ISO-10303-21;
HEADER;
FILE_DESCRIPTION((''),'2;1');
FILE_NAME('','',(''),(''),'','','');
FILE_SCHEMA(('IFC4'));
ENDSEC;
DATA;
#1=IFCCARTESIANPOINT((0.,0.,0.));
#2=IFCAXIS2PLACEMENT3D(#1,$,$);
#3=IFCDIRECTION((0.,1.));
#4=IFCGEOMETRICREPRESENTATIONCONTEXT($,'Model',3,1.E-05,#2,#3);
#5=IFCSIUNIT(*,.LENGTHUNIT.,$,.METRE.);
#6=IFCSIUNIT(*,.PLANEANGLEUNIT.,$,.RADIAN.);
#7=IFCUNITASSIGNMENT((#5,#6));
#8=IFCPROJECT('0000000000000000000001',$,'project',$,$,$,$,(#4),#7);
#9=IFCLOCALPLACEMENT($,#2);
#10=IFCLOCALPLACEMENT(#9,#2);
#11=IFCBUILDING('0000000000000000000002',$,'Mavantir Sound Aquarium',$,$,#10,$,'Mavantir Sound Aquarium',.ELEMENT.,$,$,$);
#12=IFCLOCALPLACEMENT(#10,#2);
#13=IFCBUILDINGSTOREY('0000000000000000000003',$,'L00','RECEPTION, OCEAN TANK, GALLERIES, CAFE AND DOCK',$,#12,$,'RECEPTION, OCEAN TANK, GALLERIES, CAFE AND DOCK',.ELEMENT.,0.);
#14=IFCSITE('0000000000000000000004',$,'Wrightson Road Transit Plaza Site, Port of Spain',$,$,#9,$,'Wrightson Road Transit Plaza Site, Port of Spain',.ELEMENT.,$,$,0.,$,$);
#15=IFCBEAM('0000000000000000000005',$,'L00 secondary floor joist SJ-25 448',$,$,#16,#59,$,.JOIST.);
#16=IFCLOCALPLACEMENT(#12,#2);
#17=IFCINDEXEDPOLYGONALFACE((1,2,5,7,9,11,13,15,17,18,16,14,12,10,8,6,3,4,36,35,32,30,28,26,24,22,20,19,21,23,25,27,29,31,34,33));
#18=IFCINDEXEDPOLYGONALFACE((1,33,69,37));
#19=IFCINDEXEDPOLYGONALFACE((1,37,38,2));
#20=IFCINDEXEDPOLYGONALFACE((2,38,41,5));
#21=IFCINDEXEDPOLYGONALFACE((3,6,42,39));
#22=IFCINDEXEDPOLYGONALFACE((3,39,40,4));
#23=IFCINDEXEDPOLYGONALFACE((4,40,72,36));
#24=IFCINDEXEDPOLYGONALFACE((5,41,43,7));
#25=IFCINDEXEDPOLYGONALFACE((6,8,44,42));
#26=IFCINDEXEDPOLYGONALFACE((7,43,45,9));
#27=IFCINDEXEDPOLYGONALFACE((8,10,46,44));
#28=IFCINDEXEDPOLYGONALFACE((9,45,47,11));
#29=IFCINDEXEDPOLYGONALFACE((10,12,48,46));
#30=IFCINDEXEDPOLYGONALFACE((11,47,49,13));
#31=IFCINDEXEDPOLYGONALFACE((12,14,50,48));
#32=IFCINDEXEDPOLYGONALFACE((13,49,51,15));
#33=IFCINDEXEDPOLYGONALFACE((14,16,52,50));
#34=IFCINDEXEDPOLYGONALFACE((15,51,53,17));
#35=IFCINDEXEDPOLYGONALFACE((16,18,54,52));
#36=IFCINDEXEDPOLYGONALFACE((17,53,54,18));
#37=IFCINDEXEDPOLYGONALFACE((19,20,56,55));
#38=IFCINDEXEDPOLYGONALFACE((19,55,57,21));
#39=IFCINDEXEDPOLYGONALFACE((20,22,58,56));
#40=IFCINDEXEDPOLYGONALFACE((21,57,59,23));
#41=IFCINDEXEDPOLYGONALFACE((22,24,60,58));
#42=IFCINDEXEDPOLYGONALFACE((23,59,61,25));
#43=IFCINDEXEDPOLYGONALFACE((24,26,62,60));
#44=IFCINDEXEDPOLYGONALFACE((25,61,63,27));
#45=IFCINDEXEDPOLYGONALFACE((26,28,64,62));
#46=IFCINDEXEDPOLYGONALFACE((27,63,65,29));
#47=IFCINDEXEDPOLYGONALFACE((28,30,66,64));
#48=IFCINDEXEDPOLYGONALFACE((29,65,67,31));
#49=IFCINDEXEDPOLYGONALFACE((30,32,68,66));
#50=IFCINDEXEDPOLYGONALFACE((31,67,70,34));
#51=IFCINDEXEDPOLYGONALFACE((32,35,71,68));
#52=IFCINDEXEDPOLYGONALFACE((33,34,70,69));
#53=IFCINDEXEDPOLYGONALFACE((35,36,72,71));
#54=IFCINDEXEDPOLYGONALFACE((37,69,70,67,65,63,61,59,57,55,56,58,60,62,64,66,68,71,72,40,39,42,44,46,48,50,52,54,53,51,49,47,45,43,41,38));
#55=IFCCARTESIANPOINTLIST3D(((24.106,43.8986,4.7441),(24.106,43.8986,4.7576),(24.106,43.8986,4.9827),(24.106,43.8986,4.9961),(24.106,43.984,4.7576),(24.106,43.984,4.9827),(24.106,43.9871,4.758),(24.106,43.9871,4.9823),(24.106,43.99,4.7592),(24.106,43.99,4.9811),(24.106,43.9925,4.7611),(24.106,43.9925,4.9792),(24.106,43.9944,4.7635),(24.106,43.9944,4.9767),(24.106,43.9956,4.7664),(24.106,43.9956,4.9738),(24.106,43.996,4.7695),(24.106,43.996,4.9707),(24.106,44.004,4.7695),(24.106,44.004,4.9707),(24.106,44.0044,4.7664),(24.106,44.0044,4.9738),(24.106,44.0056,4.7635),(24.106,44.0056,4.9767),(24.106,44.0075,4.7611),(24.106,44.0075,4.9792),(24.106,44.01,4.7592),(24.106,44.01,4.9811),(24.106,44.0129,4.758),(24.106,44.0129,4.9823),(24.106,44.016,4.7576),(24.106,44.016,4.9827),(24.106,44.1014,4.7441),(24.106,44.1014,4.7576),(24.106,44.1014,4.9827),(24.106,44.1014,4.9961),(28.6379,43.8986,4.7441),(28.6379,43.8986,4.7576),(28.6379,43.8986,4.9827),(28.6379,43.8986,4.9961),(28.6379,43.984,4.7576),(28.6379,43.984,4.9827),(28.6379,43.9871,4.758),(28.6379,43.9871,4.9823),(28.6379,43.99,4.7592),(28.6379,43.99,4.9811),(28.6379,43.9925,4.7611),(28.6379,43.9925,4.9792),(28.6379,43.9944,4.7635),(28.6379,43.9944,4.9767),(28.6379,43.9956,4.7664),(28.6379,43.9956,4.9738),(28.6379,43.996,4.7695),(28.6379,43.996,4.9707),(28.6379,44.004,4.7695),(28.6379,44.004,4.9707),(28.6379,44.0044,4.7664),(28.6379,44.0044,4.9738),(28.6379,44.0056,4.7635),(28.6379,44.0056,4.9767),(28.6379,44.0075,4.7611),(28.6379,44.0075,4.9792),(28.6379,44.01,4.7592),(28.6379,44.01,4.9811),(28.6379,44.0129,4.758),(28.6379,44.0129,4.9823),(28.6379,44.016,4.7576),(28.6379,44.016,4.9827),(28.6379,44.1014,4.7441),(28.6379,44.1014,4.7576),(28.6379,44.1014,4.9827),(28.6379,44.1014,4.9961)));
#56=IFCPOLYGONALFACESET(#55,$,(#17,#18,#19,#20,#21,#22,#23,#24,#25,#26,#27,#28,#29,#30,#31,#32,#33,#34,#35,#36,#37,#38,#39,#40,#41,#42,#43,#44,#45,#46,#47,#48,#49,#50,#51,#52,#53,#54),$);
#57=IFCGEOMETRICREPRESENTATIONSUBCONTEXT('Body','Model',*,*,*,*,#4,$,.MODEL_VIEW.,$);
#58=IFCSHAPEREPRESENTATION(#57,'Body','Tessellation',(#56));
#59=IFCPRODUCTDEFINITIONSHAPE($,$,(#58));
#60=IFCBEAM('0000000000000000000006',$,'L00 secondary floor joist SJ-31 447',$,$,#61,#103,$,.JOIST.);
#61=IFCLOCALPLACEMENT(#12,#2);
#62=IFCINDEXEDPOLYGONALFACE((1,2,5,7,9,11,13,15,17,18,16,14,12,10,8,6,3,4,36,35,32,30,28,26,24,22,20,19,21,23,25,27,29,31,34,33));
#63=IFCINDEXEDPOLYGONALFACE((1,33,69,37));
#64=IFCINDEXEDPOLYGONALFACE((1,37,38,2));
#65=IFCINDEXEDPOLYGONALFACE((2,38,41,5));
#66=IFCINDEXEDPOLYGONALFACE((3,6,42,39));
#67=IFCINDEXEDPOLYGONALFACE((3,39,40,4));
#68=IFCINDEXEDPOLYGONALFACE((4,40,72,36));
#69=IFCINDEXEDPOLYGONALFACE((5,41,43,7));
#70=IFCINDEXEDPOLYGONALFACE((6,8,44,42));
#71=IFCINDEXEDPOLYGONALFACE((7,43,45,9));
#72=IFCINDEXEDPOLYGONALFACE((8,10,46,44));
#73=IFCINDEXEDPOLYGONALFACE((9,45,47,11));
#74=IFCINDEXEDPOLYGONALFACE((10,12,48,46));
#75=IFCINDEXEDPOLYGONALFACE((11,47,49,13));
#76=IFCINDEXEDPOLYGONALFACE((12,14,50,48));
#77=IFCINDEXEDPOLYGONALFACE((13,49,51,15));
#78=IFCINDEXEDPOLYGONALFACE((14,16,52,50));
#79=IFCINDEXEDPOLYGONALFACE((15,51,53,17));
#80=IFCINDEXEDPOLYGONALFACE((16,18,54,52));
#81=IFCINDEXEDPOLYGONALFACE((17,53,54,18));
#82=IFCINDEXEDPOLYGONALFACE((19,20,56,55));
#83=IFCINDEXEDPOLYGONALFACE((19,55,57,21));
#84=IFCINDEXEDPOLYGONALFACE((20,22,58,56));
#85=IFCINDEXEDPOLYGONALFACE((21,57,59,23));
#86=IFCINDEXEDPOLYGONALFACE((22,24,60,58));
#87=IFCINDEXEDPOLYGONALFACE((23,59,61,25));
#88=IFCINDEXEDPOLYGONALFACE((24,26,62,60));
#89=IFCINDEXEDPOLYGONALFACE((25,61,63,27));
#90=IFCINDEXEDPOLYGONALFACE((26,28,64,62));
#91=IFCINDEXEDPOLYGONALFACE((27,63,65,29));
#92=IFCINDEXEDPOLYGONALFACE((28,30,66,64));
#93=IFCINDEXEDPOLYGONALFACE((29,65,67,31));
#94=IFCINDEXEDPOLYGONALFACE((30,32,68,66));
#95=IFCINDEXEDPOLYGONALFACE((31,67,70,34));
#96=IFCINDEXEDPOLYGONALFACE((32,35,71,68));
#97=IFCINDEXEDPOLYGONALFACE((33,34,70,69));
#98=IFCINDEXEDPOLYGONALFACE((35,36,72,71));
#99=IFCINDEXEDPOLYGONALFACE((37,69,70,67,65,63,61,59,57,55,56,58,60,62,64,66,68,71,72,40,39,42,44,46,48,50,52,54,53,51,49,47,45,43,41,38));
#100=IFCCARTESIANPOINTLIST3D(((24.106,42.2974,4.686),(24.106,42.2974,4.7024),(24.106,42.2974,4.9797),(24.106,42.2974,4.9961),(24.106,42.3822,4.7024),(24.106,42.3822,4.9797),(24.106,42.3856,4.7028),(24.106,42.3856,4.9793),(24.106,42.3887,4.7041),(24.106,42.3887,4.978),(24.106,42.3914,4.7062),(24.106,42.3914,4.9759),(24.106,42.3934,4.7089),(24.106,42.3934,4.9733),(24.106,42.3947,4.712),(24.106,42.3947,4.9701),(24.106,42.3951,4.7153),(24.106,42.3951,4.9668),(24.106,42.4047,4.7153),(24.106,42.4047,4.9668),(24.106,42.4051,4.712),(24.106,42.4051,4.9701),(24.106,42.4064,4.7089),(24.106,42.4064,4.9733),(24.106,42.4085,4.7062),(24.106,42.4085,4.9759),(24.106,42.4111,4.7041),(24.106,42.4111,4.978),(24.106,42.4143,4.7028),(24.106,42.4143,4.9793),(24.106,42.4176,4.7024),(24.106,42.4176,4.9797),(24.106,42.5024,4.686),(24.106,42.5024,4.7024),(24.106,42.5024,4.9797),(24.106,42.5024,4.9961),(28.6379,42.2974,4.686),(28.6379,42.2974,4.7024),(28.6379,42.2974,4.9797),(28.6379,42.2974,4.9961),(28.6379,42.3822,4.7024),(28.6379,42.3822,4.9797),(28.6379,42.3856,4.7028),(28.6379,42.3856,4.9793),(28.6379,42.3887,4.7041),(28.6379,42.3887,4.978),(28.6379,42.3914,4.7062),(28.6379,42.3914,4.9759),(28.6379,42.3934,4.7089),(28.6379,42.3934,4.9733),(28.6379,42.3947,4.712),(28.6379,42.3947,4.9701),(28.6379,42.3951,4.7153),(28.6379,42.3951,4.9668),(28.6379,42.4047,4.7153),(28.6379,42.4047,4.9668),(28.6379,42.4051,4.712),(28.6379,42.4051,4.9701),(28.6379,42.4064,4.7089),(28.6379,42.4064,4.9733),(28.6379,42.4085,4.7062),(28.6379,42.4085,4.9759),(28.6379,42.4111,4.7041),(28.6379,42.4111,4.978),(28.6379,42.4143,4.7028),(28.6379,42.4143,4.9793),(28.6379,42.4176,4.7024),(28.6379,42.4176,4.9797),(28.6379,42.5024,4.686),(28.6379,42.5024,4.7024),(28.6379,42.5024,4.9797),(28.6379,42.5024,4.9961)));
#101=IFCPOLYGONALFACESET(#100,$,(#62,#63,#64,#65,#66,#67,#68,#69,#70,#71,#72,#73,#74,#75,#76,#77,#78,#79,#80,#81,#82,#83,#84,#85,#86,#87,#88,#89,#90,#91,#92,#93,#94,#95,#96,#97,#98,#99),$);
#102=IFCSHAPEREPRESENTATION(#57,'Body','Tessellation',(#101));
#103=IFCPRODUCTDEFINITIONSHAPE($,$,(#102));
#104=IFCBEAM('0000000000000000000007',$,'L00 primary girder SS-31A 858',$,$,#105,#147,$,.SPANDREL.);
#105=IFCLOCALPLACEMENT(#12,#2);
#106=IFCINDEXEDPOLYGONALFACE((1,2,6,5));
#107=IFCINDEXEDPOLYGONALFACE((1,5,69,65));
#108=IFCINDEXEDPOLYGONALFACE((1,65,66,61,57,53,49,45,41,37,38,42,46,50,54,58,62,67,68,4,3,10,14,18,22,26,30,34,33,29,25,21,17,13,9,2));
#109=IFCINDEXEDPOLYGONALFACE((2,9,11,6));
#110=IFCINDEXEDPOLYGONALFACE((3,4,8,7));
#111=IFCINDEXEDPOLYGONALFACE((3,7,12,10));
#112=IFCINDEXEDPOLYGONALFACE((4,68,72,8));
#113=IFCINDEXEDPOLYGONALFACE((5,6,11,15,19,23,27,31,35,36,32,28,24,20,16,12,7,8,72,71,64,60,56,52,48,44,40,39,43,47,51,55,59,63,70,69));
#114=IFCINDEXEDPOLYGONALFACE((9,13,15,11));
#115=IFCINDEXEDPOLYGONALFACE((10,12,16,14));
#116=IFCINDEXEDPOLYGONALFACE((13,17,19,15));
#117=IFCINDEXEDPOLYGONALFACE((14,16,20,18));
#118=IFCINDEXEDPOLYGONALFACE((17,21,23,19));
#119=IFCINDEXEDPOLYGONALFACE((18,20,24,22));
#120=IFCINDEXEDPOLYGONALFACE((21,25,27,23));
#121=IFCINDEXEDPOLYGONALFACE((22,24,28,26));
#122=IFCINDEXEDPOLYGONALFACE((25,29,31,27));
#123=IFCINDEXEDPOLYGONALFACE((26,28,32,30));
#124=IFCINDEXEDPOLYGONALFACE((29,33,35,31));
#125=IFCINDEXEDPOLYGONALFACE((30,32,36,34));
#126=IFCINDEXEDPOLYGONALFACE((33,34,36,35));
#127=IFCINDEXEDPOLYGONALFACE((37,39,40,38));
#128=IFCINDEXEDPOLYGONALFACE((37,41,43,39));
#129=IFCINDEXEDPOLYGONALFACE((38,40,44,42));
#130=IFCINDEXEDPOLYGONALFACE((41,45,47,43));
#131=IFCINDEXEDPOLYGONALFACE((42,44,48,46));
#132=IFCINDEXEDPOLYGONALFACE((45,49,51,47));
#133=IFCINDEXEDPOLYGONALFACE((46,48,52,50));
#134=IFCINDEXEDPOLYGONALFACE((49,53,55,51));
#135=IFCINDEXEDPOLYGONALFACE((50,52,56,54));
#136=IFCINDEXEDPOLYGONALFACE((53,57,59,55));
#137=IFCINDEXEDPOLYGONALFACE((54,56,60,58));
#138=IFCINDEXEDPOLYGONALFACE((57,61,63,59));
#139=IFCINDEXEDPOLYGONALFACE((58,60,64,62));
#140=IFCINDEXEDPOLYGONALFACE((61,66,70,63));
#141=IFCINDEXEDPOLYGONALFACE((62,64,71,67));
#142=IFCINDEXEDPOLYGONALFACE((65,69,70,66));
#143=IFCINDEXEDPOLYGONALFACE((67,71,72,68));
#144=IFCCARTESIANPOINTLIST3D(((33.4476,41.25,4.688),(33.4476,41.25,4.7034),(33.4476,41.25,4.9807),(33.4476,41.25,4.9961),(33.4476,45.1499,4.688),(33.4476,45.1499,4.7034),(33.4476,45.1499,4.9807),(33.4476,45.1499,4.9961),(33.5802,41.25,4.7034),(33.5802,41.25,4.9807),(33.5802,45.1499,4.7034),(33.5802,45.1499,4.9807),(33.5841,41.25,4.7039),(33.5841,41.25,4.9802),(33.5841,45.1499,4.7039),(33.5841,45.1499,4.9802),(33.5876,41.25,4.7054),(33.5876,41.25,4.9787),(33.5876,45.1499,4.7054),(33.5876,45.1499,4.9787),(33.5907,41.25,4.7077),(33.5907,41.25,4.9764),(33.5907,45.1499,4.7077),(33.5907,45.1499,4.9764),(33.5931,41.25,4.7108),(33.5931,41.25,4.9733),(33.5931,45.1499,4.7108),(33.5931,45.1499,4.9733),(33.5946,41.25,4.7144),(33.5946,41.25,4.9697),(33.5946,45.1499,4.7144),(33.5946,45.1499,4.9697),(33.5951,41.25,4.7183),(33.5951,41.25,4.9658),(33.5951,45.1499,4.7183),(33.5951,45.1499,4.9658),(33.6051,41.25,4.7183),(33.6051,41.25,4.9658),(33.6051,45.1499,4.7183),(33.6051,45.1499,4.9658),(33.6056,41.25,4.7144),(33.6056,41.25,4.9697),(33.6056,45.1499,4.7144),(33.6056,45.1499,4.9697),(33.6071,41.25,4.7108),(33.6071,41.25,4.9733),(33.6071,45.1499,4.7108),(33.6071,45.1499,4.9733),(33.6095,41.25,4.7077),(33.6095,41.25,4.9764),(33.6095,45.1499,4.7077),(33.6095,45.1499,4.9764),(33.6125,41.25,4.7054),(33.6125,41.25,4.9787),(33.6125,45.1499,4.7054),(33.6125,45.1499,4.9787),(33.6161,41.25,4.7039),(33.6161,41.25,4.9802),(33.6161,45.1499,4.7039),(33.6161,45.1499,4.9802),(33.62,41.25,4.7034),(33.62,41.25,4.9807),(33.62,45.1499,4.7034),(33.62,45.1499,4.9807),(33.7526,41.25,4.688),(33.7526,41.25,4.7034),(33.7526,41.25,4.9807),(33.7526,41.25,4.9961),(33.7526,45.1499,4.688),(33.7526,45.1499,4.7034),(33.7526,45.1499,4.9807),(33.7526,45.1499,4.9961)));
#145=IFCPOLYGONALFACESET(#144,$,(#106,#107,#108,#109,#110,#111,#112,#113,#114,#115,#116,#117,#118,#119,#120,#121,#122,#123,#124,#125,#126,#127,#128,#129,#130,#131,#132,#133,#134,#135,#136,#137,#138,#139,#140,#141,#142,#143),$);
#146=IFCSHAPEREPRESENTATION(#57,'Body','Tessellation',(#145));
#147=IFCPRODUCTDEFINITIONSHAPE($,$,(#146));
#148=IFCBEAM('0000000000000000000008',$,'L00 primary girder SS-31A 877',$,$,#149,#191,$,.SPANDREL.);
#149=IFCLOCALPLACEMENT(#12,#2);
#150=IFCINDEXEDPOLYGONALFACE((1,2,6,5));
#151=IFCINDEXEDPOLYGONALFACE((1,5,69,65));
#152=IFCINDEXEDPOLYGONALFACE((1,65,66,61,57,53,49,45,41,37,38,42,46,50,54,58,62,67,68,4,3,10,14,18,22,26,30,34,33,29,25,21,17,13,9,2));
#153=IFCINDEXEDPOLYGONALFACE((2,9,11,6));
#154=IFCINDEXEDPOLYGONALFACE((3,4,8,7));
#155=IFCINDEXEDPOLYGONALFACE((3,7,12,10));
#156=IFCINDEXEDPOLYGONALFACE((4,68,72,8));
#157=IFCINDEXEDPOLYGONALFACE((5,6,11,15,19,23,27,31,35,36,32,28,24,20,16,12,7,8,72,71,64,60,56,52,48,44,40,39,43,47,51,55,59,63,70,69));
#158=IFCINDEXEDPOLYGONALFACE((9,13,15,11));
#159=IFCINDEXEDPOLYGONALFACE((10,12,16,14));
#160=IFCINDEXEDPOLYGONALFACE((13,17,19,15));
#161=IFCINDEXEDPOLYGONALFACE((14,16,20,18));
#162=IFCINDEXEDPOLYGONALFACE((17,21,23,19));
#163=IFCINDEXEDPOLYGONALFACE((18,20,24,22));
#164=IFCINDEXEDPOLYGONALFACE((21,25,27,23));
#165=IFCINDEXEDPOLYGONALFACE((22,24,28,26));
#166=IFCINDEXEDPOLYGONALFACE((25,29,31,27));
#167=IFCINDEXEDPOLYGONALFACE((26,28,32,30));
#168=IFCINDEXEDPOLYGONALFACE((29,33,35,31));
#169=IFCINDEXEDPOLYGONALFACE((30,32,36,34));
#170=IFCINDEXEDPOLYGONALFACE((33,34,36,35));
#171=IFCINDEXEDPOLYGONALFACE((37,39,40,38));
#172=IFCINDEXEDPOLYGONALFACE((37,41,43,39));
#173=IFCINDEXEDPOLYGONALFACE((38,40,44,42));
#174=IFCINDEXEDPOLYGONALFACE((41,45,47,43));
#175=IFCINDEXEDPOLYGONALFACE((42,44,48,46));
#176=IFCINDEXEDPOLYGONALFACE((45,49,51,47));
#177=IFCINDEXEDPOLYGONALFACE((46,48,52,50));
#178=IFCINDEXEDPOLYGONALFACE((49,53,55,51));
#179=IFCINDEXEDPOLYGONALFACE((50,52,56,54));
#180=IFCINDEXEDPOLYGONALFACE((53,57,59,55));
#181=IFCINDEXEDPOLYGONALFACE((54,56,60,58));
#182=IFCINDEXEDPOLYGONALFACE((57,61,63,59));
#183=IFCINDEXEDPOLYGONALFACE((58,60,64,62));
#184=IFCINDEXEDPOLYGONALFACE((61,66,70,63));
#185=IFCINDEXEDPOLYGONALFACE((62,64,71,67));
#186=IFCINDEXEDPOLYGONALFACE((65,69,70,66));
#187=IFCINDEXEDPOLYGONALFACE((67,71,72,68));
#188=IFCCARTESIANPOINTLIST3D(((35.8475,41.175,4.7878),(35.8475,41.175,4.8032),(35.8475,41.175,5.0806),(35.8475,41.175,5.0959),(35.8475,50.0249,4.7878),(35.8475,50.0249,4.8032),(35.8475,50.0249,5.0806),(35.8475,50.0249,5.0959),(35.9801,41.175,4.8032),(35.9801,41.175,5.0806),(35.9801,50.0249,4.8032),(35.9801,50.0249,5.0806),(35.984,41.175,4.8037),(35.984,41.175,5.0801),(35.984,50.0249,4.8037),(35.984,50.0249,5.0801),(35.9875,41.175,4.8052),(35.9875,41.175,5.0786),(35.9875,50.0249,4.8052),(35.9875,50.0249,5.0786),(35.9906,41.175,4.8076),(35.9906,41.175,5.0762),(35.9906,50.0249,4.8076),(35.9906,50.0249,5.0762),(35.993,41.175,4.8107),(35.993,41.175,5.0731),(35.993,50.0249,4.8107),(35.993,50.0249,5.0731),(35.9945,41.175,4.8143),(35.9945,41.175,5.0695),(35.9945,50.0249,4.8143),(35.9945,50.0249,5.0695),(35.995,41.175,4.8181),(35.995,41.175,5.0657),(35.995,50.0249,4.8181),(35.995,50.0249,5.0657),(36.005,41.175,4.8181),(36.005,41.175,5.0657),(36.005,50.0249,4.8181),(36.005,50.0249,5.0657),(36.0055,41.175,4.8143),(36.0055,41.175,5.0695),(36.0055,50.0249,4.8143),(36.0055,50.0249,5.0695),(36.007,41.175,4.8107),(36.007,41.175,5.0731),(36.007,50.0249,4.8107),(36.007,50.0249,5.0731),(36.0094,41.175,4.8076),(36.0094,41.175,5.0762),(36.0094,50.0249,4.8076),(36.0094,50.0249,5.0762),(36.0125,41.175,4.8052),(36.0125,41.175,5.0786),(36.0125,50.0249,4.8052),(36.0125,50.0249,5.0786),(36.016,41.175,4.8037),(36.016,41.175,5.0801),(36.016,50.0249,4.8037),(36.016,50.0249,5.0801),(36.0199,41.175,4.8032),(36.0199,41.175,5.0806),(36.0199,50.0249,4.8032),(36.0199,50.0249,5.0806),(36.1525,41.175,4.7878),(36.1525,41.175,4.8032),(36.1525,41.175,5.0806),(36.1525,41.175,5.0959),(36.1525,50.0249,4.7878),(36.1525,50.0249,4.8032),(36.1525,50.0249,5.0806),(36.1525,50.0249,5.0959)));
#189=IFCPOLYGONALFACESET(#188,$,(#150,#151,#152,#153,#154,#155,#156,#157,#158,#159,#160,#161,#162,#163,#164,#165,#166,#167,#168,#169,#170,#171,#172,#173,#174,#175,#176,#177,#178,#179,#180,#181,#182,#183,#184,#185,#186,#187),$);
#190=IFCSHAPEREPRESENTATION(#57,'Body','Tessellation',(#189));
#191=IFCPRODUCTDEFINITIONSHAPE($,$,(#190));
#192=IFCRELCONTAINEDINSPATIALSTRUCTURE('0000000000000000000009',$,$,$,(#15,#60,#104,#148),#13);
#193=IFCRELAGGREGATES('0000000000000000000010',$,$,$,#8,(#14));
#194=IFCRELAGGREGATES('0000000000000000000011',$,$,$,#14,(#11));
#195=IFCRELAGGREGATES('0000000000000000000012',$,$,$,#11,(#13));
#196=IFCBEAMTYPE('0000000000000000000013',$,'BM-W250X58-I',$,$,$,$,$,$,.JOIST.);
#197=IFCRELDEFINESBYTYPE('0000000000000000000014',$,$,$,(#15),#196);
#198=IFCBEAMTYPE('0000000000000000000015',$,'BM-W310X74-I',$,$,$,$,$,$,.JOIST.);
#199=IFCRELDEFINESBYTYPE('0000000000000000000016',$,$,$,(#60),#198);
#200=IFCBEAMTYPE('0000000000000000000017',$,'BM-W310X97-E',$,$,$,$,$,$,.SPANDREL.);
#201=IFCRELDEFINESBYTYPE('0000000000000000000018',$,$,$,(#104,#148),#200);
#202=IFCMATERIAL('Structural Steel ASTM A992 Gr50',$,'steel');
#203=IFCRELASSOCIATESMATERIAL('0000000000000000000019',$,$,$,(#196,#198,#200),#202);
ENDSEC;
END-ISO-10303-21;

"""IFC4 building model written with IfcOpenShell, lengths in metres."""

from ifc_helpers import new_model, si_unit, direction, frame, origin, origin_2d, place, context, subcontext, project, spatial, i_section, extrude, material, material_profile, profile_set, type_object, element, save


model = new_model("IFC4")

# Units and contexts
model_context = context("Model", 3, precision=1e-05, world=origin(), true_north=direction((0.0, 1.0)))
body_context = subcontext(model_context, "Body", "Model", "MODEL_VIEW")
ifc_project = project(units=[si_unit("LENGTHUNIT", "METRE"), si_unit("PLANEANGLEUNIT", "RADIAN")], contexts=[model_context])

# Site, building, storey
site_placement = place(None, origin())
site = spatial("IfcSite", under=ifc_project, at=site_placement, Name="Wrightson Road Transit Plaza Site, Port of Spain", LongName="Wrightson Road Transit Plaza Site, Port of Spain", CompositionType="ELEMENT", RefElevation=0.0)
building_placement = place(site_placement, origin())
building = spatial("IfcBuilding", under=site, at=building_placement, Name="Mavantir Sound Aquarium", LongName="Mavantir Sound Aquarium", CompositionType="ELEMENT")
storey_placement = place(building_placement, origin())
storey = spatial("IfcBuildingStorey", under=building, at=storey_placement, Name="L00", Description="RECEPTION, OCEAN TANK, GALLERIES, CAFE AND DOCK", LongName="RECEPTION, OCEAN TANK, GALLERIES, CAFE AND DOCK", CompositionType="ELEMENT", Elevation=0.0)

# Beams
ifc_material_1 = material(Name="Structural Steel ASTM A992 Gr50", Category="steel")
ifc_material_profile_1 = material_profile(ifc_material_1, i_section(OverallWidth=0.2029, OverallDepth=0.252, WebThickness=0.0081, FlangeThickness=0.0134, FilletRadius=0.012, at=origin_2d()), Name="W250X58")
ifc_profile_set_1 = profile_set([ifc_material_profile_1], Name="Structural Steel ASTM A992 Gr50")
beam_type_1 = type_object("IfcBeamType", Name="BM-W250X58-I", PredefinedType="JOIST", material=ifc_profile_set_1)
beam_1_placement = place(storey_placement, frame((24.106, 44.0, 4.8701), z_axis=(1.0, 0.0, 0.0), x_axis=(0.0, 1.0, 0.0)))
element("IfcBeam", 1, at=beam_1_placement, inside=storey, type_object=beam_type_1, Name="L00 secondary floor joist SJ-25 448", PredefinedType="JOIST", context=body_context, shape_type="SweptSolid", body=[
    extrude(i_section(OverallWidth=0.2029, OverallDepth=0.252, WebThickness=0.0081, FlangeThickness=0.0134, FilletRadius=0.012, at=origin_2d()), origin(), (0.0, 0.0, 1.0), 4.532),
])
ifc_material_profile_2 = material_profile(ifc_material_1, i_section(OverallWidth=0.2051, OverallDepth=0.3101, WebThickness=0.0095, FlangeThickness=0.0164, FilletRadius=0.0129, at=origin_2d()), Name="W310X74")
ifc_profile_set_2 = profile_set([ifc_material_profile_2], Name="Structural Steel ASTM A992 Gr50")
beam_type_2 = type_object("IfcBeamType", Name="BM-W310X74-I", PredefinedType="JOIST", material=ifc_profile_set_2)
beam_2_placement = place(storey_placement, frame((24.106, 42.3999, 4.8411), z_axis=(1.0, 0.0, 0.0), x_axis=(0.0, 1.0, 0.0)))
element("IfcBeam", 2, at=beam_2_placement, inside=storey, type_object=beam_type_2, Name="L00 secondary floor joist SJ-31 447", PredefinedType="JOIST", context=body_context, shape_type="SweptSolid", body=[
    extrude(i_section(OverallWidth=0.2051, OverallDepth=0.3101, WebThickness=0.0095, FlangeThickness=0.0164, FilletRadius=0.0129, at=origin_2d()), origin(), (0.0, 0.0, 1.0), 4.532),
])
ifc_material_profile_3 = material_profile(ifc_material_1, i_section(OverallWidth=0.3049, OverallDepth=0.3081, WebThickness=0.01, FlangeThickness=0.0154, FilletRadius=0.0149, at=origin_2d()), Name="W310X97")
ifc_profile_set_3 = profile_set([ifc_material_profile_3], Name="Structural Steel ASTM A992 Gr50")
beam_type_3 = type_object("IfcBeamType", Name="BM-W310X97-E", PredefinedType="SPANDREL", material=ifc_profile_set_3)
beam_3_placement = place(storey_placement, frame((33.6001, 41.25, 4.842), z_axis=(0.0, 1.0, 0.0), x_axis=(-1.0, 0.0, 0.0)))
element("IfcBeam", 3, at=beam_3_placement, inside=storey, type_object=beam_type_3, Name="L00 primary girder SS-31A 858", PredefinedType="SPANDREL", context=body_context, shape_type="SweptSolid", body=[
    extrude(i_section(OverallWidth=0.3049, OverallDepth=0.3081, WebThickness=0.01, FlangeThickness=0.0154, FilletRadius=0.0149, at=origin_2d()), origin(), (0.0, 0.0, 1.0), 3.8999),
])
beam_4_placement = place(storey_placement, frame((36.0, 41.175, 4.9419), z_axis=(0.0, 1.0, 0.0), x_axis=(-1.0, 0.0, 0.0)))
element("IfcBeam", 4, at=beam_4_placement, inside=storey, type_object=beam_type_3, Name="L00 primary girder SS-31A 877", PredefinedType="SPANDREL", context=body_context, shape_type="SweptSolid", body=[
    extrude(i_section(OverallWidth=0.3049, OverallDepth=0.3081, WebThickness=0.01, FlangeThickness=0.0154, FilletRadius=0.0149, at=origin_2d()), origin(), (0.0, 0.0, 1.0), 8.8499),
])

save(model, "model.ifc")
